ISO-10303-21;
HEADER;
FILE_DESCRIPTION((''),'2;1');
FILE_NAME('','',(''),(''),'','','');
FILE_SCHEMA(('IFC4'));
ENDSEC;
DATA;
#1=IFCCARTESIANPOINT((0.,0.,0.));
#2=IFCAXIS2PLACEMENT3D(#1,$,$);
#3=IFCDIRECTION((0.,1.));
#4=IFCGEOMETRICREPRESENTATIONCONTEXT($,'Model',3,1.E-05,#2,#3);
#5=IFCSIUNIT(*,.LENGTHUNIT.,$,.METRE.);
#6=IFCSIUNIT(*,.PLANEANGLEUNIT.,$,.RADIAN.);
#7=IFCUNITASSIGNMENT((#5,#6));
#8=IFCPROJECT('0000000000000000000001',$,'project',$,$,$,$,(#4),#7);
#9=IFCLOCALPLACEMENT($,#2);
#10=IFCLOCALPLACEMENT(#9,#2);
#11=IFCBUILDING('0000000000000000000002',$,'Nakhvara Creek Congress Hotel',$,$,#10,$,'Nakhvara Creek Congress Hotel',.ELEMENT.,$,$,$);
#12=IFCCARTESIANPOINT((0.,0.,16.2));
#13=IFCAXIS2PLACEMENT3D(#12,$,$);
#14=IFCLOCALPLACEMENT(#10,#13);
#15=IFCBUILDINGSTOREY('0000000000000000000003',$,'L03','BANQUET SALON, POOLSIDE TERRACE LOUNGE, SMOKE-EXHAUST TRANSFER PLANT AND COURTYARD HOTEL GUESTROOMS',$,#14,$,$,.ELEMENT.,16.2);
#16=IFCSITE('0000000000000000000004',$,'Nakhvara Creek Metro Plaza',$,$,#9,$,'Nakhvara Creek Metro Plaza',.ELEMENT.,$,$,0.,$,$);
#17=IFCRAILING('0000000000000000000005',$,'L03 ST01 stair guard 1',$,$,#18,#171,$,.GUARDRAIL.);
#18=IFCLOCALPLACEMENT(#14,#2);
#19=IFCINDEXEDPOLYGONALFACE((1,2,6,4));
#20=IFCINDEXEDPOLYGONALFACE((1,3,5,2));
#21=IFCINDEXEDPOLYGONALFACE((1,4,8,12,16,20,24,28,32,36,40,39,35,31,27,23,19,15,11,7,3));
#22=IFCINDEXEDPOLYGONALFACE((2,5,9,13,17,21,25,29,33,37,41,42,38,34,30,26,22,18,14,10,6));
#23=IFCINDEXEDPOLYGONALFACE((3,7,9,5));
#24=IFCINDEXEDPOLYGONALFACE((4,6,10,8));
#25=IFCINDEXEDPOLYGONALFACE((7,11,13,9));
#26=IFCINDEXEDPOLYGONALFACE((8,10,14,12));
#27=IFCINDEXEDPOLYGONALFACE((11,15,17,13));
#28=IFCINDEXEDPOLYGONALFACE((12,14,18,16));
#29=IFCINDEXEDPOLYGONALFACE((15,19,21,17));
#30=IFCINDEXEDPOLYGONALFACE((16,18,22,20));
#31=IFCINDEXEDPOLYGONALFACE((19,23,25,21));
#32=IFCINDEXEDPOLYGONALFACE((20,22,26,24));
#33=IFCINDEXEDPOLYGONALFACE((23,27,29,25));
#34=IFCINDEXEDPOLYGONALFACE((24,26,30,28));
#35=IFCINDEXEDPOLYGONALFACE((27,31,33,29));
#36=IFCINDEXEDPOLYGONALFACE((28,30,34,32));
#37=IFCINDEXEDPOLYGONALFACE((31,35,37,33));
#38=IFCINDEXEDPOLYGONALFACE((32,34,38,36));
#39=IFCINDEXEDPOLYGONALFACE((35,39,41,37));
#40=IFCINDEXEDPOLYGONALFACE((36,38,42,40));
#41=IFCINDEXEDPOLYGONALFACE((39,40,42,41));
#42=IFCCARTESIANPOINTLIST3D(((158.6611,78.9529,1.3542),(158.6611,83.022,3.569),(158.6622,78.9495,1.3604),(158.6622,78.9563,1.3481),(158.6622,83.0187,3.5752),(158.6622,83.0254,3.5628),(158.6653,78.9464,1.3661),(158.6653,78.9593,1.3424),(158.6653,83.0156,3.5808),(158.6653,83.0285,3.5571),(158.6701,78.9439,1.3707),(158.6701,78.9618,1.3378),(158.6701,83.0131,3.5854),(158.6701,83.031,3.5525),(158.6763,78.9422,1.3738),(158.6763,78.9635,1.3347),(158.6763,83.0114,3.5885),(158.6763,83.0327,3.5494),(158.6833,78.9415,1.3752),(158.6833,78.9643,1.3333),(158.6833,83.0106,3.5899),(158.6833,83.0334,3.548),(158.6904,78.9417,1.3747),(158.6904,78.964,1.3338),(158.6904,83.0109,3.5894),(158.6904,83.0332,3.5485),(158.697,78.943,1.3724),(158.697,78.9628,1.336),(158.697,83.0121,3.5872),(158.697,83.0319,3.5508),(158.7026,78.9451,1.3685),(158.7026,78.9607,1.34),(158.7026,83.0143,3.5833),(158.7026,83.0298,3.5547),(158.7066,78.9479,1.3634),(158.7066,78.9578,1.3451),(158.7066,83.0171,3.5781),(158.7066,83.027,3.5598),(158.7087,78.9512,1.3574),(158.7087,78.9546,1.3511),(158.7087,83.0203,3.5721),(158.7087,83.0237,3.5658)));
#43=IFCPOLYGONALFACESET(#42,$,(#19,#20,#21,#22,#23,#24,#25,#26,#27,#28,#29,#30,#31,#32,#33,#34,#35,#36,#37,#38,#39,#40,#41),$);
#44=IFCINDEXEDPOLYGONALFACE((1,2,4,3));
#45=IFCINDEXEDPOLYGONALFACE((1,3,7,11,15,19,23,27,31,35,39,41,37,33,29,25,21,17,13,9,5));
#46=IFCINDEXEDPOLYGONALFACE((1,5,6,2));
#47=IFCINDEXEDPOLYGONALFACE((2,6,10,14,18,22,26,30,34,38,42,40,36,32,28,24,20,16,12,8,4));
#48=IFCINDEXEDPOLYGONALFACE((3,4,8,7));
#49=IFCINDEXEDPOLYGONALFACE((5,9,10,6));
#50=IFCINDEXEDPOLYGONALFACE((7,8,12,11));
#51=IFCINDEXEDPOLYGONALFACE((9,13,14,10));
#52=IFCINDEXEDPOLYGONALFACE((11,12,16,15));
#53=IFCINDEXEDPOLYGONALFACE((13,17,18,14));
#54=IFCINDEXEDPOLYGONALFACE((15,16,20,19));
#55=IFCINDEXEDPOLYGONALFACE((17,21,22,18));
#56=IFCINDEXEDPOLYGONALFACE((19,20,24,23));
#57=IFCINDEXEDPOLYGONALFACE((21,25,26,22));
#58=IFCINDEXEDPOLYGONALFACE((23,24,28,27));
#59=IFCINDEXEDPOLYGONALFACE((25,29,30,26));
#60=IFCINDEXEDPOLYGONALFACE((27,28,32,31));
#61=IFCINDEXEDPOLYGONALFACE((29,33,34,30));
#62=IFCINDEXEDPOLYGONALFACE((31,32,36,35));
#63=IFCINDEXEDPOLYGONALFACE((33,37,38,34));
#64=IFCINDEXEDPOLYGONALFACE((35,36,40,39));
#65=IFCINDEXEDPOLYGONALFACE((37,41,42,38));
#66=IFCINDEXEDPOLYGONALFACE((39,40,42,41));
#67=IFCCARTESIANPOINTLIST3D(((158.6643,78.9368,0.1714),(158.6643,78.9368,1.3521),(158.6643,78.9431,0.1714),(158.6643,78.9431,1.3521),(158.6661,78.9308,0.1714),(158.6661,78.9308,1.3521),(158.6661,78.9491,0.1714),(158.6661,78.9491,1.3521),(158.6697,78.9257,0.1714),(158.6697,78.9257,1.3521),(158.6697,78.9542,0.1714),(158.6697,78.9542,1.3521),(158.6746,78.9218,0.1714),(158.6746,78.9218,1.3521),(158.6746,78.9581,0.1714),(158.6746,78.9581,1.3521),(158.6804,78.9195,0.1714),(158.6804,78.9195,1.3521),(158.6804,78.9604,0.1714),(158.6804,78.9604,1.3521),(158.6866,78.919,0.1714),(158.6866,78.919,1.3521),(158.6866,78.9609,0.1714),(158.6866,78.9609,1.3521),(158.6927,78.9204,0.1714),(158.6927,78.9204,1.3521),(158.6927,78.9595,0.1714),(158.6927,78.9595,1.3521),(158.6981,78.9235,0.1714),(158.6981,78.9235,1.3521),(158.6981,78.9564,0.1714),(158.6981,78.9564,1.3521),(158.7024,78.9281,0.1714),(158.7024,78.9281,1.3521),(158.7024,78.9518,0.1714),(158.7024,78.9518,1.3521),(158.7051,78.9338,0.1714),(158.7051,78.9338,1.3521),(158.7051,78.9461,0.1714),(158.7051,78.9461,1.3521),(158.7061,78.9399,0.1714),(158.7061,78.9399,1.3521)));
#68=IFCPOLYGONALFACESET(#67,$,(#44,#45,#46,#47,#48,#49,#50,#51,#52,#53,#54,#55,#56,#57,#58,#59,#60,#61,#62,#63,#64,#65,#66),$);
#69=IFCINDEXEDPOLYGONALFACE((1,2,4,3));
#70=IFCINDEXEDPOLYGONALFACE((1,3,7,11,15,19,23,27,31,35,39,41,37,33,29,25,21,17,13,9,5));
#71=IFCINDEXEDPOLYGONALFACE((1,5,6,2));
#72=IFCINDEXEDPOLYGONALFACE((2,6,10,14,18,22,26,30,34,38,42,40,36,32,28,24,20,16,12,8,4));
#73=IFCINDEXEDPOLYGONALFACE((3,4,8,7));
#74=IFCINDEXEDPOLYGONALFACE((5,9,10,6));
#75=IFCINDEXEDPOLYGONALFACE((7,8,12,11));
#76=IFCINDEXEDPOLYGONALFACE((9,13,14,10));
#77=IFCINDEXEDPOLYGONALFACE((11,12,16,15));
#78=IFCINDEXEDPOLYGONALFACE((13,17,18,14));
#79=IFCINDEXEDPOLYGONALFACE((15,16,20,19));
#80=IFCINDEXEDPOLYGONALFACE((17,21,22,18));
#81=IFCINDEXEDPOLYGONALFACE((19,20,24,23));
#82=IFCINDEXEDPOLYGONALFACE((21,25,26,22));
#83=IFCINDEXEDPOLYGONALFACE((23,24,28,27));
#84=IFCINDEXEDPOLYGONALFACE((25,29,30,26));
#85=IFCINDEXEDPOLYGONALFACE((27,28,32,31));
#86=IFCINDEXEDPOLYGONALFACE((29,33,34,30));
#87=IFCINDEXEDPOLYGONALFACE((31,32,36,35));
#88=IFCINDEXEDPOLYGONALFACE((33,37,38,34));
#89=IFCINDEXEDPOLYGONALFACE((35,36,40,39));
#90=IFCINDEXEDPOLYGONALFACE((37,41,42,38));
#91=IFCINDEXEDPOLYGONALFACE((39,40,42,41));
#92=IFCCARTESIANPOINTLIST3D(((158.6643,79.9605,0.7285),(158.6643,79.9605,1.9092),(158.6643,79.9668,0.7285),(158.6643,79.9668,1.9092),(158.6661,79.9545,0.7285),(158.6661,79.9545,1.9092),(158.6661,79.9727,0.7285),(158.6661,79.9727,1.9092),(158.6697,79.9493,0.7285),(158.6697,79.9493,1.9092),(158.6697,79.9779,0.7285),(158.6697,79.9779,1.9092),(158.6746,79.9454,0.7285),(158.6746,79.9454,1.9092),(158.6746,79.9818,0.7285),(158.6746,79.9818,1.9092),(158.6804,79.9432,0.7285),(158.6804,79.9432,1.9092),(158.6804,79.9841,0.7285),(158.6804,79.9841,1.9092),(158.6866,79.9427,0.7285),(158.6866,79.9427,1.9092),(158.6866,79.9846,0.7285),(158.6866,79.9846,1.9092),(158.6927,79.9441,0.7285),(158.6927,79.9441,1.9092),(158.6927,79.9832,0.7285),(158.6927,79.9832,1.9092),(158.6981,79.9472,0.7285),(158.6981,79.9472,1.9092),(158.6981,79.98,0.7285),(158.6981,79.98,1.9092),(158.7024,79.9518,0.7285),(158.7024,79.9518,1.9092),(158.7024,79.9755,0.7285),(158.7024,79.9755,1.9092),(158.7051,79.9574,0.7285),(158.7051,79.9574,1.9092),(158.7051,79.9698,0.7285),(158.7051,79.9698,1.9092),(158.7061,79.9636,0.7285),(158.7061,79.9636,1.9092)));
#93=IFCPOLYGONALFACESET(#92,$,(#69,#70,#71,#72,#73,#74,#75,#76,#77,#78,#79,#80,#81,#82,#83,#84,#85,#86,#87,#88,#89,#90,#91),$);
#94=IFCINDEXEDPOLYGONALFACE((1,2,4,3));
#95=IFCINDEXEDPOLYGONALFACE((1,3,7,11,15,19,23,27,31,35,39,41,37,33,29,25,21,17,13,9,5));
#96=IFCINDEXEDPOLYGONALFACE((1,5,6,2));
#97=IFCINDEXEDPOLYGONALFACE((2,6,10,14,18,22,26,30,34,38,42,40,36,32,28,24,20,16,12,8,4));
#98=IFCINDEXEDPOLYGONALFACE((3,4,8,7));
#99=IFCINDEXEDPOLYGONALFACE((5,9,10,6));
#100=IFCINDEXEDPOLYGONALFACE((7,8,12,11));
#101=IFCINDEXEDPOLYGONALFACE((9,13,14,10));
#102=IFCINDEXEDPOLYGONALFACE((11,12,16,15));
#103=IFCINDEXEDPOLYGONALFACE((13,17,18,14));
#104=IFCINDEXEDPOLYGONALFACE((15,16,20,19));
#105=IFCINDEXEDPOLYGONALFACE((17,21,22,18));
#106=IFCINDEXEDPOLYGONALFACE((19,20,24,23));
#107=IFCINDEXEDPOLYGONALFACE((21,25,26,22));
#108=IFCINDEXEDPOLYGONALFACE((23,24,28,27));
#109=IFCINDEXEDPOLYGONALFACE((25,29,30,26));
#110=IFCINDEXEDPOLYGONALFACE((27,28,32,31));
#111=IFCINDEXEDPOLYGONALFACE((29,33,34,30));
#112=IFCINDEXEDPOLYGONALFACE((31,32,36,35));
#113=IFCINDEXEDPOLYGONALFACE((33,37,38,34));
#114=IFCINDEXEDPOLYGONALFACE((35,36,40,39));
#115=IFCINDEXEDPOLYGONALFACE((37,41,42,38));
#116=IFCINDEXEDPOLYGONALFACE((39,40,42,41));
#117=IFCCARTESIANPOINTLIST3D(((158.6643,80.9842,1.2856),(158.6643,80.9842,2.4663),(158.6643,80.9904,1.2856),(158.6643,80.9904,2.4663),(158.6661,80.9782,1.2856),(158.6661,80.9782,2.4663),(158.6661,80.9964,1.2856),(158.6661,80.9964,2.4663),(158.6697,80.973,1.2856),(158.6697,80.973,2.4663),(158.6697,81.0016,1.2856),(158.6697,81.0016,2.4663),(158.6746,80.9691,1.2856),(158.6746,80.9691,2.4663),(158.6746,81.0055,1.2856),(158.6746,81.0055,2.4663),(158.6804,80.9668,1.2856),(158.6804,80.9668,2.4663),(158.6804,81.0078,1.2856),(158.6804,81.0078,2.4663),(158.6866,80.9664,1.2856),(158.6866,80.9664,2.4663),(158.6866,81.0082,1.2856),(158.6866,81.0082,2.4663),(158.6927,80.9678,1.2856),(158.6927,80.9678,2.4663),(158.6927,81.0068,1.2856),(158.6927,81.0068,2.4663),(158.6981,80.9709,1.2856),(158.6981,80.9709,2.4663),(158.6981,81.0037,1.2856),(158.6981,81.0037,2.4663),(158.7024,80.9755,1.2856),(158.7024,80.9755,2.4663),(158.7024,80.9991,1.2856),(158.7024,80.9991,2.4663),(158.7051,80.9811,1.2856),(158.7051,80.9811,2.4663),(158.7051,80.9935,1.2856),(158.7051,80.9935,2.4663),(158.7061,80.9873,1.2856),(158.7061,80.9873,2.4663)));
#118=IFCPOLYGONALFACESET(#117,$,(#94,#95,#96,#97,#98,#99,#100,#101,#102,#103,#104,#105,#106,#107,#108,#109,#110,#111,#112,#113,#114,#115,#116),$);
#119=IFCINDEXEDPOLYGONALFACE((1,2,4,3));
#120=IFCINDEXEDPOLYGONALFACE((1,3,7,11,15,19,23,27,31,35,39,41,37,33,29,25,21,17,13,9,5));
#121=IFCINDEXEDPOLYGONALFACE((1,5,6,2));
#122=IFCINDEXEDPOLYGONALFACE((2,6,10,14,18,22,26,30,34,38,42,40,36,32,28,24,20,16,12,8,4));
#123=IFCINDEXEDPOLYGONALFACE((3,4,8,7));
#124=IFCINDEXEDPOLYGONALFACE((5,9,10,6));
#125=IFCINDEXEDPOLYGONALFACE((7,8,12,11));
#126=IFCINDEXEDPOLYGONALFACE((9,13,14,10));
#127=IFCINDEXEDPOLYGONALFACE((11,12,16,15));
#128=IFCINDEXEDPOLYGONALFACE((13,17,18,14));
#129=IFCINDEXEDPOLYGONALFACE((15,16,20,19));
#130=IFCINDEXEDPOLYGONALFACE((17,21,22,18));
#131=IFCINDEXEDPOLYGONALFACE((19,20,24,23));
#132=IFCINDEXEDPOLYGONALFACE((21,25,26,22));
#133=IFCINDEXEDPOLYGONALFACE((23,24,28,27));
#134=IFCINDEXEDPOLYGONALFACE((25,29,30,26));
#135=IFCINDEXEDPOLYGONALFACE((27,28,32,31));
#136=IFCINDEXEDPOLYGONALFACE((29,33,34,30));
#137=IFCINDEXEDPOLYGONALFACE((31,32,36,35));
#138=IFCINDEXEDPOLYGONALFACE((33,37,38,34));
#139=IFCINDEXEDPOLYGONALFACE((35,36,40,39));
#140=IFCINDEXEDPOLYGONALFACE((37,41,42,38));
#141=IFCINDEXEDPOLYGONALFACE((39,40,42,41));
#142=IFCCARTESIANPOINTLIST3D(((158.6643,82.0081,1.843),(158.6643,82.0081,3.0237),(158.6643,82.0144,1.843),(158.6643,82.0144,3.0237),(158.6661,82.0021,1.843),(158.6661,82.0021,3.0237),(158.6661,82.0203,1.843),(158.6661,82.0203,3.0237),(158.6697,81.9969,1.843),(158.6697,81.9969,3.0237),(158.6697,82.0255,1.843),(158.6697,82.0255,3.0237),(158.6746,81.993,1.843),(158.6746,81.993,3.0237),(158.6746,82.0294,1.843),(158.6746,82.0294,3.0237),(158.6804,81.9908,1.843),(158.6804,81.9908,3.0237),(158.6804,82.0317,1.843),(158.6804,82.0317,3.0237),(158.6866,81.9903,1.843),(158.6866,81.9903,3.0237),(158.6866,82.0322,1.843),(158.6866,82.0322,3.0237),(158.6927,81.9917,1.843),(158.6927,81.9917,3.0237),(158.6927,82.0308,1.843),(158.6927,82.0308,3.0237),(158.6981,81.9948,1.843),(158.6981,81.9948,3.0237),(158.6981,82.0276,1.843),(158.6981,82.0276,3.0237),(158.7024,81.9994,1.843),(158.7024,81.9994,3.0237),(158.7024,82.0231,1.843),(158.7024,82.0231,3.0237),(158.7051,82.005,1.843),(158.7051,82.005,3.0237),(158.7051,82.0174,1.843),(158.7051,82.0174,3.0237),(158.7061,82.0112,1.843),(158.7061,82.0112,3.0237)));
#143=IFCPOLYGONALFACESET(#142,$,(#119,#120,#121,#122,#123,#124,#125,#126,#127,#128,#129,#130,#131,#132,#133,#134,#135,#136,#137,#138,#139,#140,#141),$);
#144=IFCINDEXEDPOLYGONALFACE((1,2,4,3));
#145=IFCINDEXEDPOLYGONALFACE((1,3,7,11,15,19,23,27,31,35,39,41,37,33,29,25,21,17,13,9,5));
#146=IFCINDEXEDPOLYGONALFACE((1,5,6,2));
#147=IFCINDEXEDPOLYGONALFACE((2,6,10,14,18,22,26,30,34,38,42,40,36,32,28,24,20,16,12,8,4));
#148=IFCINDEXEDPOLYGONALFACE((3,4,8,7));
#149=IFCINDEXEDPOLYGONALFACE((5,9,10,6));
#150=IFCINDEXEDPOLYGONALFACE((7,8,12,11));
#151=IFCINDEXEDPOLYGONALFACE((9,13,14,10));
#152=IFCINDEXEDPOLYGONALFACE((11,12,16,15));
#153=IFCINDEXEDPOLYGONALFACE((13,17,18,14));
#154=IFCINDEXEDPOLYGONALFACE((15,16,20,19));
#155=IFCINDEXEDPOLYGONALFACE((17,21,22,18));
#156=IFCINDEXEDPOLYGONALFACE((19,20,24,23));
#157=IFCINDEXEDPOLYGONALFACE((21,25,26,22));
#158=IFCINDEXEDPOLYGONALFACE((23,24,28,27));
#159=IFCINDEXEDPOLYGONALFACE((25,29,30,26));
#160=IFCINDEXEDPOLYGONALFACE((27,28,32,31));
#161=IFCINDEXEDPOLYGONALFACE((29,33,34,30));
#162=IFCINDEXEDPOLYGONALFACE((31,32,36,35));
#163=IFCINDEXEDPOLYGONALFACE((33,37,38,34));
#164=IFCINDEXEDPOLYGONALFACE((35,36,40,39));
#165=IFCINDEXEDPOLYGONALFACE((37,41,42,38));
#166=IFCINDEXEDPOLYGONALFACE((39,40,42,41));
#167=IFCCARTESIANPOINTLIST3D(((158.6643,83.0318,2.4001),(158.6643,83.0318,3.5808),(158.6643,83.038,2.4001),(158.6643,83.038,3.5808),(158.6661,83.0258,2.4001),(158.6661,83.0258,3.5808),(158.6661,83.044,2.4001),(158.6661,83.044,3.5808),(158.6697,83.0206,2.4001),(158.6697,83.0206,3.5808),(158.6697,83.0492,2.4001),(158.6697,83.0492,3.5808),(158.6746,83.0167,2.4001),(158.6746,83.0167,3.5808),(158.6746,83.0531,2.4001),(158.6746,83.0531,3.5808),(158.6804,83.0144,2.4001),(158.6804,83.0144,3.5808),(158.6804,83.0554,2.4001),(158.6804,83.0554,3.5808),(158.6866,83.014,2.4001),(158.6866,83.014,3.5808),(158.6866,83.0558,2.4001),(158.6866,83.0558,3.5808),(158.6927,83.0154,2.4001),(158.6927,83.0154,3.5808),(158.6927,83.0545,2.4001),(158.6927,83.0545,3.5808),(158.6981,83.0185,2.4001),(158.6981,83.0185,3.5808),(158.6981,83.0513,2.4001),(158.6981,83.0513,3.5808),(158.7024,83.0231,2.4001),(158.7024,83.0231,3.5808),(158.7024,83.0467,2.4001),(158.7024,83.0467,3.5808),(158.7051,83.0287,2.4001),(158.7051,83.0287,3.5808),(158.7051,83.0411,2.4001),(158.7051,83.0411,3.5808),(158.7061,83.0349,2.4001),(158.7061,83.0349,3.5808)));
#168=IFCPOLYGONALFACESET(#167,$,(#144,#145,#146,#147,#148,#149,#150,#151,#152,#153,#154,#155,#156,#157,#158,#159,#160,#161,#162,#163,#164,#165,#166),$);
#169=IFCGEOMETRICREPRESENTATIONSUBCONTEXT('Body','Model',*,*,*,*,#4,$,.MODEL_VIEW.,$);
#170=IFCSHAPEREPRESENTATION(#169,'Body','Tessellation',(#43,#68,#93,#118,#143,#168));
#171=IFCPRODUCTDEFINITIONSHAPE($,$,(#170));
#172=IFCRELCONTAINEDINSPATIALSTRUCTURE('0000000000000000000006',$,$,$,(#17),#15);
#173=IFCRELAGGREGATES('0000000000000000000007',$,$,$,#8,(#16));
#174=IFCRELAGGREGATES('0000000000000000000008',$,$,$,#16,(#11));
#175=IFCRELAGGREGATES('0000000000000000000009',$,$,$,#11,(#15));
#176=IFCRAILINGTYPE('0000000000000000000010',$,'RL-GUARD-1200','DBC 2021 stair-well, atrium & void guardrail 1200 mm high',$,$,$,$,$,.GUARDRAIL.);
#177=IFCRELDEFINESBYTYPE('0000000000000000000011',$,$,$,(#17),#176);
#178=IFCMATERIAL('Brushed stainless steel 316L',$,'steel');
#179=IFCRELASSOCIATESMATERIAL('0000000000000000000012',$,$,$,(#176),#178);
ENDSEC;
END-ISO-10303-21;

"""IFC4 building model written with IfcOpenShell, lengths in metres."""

from ifc_helpers import new_model, si_unit, direction, frame, origin, origin_2d, place, context, subcontext, project, spatial, circle, extrude, material, type_object, element, save


model = new_model("IFC4")

# Units and contexts
model_context = context("Model", 3, precision=1e-05, world=origin(), true_north=direction((0.0, 1.0)))
body_context = subcontext(model_context, "Body", "Model", "MODEL_VIEW")
ifc_project = project(units=[si_unit("LENGTHUNIT", "METRE"), si_unit("PLANEANGLEUNIT", "RADIAN")], contexts=[model_context])

# Site, building, storey
site_placement = place(None, origin())
site = spatial("IfcSite", under=ifc_project, at=site_placement, Name="Nakhvara Creek Metro Plaza", LongName="Nakhvara Creek Metro Plaza", CompositionType="ELEMENT", RefElevation=0.0)
building_placement = place(site_placement, origin())
building = spatial("IfcBuilding", under=site, at=building_placement, Name="Nakhvara Creek Congress Hotel", LongName="Nakhvara Creek Congress Hotel", CompositionType="ELEMENT")
storey_placement = place(building_placement, frame((0.0, 0.0, 16.2)))
storey = spatial("IfcBuildingStorey", under=building, at=storey_placement, Name="L03", Description="BANQUET SALON, POOLSIDE TERRACE LOUNGE, SMOKE-EXHAUST TRANSFER PLANT AND COURTYARD HOTEL GUESTROOMS", CompositionType="ELEMENT", Elevation=16.2)

# Railing
ifc_material_1 = material(Name="Brushed stainless steel 316L", Category="steel")
railing_type_1 = type_object("IfcRailingType", Name="RL-GUARD-1200", Description="DBC 2021 stair-well, atrium & void guardrail 1200 mm high", PredefinedType="GUARDRAIL", material=ifc_material_1)
railing_1_placement = place(storey_placement, frame((158.6851, 78.9399, 0.1714)))
element("IfcRailing", 1, at=railing_1_placement, inside=storey, type_object=railing_type_1, Name="L03 ST01 stair guard 1", PredefinedType="GUARDRAIL", context=body_context, shape_type="SweptSolid", body=[
    extrude(circle(Radius=0.0239, at=origin_2d()), frame((0.0, 0.0129, 1.1829), z_axis=(0.0, 0.878333, 0.478048), x_axis=(-1.0, 0.0, 0.0)), (0.0, 0.0, 1.0), 4.6328),
    extrude(circle(Radius=0.021, at=origin_2d()), origin(), (0.0, 0.0, 1.0), 1.1807),
    extrude(circle(Radius=0.021, at=origin_2d()), frame((0.0, 1.0237, 0.5571)), (0.0, 0.0, 1.0), 1.1807),
    extrude(circle(Radius=0.021, at=origin_2d()), frame((0.0, 2.0474, 1.1143)), (0.0, 0.0, 1.0), 1.1807),
    extrude(circle(Radius=0.021, at=origin_2d()), frame((0.0, 3.0713, 1.6716)), (0.0, 0.0, 1.0), 1.1807),
    extrude(circle(Radius=0.021, at=origin_2d()), frame((0.0, 4.095, 2.2288)), (0.0, 0.0, 1.0), 1.1807),
])

save(model, "model.ifc")
